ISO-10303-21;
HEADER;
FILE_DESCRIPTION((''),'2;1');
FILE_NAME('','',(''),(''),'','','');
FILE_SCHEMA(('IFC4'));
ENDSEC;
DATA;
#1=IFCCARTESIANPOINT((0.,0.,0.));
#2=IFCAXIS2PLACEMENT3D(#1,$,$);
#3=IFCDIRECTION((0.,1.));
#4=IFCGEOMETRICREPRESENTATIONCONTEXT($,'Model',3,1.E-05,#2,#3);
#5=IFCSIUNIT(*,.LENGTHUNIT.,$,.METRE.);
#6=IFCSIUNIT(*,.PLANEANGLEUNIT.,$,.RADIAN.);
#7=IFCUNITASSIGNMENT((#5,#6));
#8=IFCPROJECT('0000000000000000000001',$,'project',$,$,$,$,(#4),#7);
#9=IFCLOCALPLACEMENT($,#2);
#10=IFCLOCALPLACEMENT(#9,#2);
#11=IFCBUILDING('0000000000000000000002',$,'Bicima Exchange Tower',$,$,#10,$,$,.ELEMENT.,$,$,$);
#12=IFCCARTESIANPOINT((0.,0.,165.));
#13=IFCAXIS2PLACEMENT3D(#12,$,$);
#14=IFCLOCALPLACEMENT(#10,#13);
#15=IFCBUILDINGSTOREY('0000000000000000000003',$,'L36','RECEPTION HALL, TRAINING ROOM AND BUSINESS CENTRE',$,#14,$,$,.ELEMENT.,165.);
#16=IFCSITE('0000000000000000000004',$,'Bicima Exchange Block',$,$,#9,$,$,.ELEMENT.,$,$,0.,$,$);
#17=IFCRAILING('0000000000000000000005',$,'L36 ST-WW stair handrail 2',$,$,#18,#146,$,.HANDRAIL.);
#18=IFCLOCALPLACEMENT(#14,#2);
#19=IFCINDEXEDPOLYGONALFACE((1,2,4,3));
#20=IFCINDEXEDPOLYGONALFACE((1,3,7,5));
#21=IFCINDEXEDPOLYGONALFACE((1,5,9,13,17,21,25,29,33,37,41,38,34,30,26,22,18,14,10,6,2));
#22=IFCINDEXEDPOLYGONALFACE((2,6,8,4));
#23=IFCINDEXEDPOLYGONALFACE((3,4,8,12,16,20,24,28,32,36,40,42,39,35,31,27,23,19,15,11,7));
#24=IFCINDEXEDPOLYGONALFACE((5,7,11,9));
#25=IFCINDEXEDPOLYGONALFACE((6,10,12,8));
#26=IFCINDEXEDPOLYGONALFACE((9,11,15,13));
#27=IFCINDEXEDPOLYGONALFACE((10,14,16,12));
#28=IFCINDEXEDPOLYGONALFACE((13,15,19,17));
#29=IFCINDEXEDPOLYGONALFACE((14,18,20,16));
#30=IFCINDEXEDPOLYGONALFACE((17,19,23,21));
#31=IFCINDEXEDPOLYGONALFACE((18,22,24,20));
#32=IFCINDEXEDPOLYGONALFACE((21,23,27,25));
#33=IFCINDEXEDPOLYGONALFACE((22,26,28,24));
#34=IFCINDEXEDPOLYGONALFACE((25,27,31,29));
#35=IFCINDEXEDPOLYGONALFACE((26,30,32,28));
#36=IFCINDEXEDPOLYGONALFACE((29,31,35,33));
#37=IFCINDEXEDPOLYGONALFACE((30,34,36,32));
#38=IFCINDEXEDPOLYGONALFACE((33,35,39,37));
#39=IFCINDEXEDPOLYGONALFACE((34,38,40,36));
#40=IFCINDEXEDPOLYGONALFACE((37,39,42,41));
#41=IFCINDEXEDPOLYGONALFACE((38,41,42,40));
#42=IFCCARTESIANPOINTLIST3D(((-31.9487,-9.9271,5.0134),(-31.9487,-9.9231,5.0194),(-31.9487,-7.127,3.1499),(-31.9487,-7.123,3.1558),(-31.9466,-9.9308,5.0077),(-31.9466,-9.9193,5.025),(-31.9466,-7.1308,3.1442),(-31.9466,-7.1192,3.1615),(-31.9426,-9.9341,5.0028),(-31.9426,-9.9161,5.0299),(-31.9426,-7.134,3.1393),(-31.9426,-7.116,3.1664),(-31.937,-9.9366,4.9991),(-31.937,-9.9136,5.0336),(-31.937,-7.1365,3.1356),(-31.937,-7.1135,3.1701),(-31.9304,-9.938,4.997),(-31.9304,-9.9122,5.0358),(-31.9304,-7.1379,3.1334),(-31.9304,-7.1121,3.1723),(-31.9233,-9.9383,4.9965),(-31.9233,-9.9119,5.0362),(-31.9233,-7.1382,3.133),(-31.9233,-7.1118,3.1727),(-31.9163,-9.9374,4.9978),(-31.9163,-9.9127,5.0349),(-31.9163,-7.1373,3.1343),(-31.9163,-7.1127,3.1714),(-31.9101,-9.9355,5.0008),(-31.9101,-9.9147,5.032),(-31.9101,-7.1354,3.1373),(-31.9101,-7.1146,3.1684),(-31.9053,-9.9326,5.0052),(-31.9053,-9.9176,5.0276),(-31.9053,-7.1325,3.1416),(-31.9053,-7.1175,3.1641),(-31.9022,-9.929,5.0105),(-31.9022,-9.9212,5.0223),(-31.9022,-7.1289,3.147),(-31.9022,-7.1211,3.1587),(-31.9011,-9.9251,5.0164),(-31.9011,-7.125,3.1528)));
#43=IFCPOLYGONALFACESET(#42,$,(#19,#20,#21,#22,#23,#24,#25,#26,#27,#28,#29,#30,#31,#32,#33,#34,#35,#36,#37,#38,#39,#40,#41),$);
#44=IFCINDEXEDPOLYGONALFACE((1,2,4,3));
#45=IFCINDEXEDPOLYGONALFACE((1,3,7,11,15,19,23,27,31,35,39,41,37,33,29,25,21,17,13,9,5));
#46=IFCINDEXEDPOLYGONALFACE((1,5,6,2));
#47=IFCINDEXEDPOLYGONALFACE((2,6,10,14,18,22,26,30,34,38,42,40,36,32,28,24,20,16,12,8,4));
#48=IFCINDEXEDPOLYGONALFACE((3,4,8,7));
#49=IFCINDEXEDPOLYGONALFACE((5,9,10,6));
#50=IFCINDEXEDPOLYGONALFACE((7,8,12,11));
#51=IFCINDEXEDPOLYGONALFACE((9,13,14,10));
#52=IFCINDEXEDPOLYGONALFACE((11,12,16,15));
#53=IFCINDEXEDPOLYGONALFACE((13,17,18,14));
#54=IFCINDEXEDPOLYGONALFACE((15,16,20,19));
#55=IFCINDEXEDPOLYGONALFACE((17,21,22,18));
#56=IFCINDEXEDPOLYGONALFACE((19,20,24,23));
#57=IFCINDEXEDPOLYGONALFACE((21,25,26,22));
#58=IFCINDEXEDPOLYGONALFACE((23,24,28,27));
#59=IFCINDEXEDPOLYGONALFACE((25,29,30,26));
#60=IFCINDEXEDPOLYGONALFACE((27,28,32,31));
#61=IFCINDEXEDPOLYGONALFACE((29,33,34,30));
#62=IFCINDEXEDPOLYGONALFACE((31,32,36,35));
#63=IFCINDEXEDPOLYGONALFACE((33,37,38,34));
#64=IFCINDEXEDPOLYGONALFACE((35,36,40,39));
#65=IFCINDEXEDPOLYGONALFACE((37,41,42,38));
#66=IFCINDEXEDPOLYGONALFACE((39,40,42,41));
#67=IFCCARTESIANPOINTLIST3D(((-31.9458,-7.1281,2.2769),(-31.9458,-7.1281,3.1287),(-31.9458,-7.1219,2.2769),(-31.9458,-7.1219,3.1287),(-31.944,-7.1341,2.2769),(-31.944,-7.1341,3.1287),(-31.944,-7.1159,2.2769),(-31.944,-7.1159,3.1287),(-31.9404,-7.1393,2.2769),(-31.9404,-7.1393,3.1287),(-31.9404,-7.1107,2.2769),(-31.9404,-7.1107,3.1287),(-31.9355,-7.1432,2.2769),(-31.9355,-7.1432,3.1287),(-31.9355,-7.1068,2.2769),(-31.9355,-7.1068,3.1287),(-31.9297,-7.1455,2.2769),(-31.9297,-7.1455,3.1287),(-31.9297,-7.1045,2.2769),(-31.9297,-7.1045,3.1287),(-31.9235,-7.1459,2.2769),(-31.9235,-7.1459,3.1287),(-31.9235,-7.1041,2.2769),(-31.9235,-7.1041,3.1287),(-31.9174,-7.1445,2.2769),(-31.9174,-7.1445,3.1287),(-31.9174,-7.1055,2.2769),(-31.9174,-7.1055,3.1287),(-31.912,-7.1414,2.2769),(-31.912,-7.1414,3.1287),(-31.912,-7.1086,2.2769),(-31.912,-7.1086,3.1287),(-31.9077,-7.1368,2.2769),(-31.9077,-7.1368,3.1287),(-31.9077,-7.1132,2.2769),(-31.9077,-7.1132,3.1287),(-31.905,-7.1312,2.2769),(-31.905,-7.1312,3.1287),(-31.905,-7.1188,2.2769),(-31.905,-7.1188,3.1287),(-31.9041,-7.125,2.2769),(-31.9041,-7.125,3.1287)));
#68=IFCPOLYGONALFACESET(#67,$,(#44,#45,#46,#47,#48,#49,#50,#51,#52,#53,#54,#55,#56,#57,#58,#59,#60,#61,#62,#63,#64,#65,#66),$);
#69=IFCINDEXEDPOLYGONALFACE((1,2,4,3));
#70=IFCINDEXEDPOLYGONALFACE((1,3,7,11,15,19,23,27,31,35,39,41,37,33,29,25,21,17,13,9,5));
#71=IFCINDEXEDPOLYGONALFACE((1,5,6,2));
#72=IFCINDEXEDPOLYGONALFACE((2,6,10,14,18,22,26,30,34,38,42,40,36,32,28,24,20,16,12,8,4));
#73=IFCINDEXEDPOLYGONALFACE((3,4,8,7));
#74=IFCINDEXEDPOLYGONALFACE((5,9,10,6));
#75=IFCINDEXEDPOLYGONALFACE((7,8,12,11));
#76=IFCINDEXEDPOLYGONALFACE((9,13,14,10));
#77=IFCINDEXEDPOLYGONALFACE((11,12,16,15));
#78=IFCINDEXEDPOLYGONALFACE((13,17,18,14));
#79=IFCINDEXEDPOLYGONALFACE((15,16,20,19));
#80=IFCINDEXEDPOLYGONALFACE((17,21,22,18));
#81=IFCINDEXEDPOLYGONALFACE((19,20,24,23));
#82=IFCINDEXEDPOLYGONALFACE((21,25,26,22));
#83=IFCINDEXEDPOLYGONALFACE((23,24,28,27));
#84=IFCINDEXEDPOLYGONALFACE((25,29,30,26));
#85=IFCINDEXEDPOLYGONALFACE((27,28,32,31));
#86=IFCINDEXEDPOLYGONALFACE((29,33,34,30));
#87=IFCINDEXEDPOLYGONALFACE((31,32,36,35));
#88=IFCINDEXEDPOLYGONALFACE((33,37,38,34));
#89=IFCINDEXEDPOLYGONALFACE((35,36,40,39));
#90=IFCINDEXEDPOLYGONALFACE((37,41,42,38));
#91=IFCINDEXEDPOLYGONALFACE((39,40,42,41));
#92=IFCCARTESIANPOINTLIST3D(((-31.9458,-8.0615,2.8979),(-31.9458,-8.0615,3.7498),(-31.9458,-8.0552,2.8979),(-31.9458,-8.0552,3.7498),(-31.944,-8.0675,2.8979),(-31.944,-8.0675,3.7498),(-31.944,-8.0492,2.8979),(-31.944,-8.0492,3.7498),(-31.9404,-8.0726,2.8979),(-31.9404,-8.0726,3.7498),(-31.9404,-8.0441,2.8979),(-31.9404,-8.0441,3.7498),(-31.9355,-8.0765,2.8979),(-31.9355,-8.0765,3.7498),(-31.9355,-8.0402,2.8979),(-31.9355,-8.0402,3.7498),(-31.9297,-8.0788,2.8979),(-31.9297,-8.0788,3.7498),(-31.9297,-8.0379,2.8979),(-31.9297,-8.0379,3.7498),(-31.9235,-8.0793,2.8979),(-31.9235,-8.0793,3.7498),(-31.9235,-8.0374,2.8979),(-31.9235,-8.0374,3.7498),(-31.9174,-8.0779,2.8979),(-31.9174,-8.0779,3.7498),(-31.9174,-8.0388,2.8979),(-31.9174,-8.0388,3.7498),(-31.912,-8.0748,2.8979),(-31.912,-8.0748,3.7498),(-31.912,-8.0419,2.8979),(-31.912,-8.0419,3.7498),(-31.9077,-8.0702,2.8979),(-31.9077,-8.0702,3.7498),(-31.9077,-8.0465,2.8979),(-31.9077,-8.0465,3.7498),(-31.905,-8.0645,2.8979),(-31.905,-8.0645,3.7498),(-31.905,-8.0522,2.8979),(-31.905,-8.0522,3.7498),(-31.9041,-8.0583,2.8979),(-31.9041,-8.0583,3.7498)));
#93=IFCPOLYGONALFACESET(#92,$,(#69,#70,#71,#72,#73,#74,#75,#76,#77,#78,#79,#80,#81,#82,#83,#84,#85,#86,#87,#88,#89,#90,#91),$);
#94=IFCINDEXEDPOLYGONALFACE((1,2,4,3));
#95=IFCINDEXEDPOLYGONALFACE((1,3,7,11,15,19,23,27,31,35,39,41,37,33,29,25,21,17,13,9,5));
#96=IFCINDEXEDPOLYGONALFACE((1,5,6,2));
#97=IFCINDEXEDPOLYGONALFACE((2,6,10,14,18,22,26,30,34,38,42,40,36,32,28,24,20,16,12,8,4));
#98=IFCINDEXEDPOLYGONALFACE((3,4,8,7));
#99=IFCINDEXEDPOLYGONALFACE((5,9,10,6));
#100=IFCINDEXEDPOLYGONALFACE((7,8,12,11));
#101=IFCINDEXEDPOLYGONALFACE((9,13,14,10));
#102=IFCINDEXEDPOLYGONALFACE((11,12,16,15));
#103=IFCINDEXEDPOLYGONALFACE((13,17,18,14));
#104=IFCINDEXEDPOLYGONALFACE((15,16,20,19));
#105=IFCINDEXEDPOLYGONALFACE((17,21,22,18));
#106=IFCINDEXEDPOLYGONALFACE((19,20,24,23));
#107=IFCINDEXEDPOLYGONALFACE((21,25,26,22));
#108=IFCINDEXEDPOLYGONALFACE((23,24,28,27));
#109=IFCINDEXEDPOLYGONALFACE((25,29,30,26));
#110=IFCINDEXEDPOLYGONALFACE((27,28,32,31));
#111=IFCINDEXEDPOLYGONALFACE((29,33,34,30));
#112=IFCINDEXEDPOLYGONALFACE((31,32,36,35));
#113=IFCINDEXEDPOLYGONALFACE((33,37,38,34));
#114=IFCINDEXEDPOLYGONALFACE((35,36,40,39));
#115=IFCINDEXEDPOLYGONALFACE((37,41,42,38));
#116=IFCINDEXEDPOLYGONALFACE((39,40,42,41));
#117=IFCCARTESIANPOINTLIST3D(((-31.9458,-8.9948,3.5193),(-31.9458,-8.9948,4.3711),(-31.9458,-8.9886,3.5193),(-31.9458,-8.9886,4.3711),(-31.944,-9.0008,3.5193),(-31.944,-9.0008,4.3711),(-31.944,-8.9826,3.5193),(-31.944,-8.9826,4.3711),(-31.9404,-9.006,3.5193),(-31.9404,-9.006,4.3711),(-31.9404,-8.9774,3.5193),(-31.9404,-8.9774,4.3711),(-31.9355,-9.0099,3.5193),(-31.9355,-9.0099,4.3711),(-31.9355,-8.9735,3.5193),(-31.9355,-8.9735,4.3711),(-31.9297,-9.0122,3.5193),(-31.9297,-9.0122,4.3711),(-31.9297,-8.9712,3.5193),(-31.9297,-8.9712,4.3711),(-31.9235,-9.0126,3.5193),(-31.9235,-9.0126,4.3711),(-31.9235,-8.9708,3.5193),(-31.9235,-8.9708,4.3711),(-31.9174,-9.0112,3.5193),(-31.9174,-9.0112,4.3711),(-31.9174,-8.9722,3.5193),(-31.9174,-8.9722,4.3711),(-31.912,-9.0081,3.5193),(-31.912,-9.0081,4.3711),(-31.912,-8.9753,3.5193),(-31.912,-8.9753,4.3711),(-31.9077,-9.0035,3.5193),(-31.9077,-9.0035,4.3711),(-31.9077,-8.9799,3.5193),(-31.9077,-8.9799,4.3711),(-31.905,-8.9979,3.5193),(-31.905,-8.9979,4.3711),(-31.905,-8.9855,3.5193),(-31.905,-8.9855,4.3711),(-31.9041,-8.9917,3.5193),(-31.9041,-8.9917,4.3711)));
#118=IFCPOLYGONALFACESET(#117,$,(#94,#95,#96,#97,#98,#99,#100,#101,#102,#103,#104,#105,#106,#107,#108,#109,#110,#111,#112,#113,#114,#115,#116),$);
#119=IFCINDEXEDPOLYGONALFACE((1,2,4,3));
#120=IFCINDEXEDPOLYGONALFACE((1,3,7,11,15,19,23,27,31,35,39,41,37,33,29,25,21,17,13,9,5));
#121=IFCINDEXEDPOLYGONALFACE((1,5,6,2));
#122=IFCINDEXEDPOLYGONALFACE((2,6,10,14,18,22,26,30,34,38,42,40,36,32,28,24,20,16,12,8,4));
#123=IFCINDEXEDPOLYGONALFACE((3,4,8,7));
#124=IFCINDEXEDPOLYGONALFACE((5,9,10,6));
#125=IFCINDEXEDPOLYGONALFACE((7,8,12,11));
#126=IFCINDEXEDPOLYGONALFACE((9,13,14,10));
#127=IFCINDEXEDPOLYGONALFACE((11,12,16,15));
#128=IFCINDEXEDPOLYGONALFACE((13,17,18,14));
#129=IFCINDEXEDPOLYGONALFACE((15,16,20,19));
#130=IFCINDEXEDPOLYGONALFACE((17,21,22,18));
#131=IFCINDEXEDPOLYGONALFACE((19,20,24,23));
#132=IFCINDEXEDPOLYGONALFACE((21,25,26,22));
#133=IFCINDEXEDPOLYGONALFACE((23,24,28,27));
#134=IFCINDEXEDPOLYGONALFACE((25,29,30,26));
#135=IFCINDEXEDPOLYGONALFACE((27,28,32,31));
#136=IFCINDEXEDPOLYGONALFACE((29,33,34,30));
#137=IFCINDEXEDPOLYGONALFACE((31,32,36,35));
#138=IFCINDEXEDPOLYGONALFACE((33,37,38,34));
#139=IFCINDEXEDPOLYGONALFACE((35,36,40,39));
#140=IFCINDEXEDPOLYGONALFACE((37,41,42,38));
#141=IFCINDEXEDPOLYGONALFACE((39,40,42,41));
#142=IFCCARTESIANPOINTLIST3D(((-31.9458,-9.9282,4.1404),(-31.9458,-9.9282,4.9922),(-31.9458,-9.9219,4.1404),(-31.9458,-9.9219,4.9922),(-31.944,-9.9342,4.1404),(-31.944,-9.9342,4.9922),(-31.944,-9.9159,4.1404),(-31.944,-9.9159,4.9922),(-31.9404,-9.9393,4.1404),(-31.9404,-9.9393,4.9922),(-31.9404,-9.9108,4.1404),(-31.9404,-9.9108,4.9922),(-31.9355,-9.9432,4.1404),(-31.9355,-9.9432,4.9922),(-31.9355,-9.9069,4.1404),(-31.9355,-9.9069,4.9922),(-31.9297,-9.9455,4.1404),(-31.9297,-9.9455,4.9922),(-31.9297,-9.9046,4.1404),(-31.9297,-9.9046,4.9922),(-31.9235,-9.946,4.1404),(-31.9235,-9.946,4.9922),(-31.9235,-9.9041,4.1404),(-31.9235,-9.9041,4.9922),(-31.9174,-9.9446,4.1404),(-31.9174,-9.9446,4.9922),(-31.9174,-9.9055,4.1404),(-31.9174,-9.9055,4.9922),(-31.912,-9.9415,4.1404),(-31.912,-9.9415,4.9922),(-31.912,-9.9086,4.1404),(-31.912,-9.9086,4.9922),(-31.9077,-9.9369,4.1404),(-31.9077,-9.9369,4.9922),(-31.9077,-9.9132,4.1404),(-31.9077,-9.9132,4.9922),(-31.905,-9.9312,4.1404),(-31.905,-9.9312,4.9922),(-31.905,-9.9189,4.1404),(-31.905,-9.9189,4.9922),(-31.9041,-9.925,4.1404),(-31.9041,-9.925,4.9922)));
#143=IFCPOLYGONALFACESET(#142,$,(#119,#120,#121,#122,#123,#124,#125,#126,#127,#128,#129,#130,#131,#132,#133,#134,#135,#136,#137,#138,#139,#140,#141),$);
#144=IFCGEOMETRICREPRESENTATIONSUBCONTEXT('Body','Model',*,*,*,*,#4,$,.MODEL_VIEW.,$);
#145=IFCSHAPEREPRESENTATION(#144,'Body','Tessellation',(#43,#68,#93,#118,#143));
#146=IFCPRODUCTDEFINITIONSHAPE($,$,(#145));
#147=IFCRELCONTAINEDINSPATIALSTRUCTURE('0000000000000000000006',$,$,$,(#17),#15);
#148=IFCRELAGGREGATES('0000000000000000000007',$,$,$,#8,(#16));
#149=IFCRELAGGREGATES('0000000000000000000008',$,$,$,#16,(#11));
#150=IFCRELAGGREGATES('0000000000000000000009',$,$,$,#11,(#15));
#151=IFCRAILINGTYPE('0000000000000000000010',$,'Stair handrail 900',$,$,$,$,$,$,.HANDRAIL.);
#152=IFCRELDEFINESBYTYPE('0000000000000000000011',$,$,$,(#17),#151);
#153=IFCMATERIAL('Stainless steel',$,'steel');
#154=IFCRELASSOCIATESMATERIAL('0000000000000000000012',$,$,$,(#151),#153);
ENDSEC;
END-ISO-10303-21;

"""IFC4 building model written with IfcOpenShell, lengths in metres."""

from ifc_helpers import new_model, si_unit, direction, frame, origin, origin_2d, place, context, subcontext, project, spatial, circle, extrude, material, type_object, element, save


model = new_model("IFC4")

# Units and contexts
model_context = context("Model", 3, precision=1e-05, world=origin(), true_north=direction((0.0, 1.0)))
body_context = subcontext(model_context, "Body", "Model", "MODEL_VIEW")
ifc_project = project(units=[si_unit("LENGTHUNIT", "METRE"), si_unit("PLANEANGLEUNIT", "RADIAN")], contexts=[model_context])

# Site, building, storey
site_placement = place(None, origin())
site = spatial("IfcSite", under=ifc_project, at=site_placement, Name="Bicima Exchange Block", CompositionType="ELEMENT", RefElevation=0.0)
building_placement = place(site_placement, origin())
building = spatial("IfcBuilding", under=site, at=building_placement, Name="Bicima Exchange Tower", CompositionType="ELEMENT")
storey_placement = place(building_placement, frame((0.0, 0.0, 165.0)))
storey = spatial("IfcBuildingStorey", under=building, at=storey_placement, Name="L36", Description="RECEPTION HALL, TRAINING ROOM AND BUSINESS CENTRE", CompositionType="ELEMENT", Elevation=165.0)

# Railing
ifc_material_1 = material(Name="Stainless steel", Category="steel")
railing_type_1 = type_object("IfcRailingType", Name="Stair handrail 900", PredefinedType="HANDRAIL", material=ifc_material_1)
railing_1_placement = place(storey_placement, frame((-31.925, -7.125, 2.2769)))
element("IfcRailing", 1, at=railing_1_placement, inside=storey, type_object=railing_type_1, Name="L36 ST-WW stair handrail 2", PredefinedType="HANDRAIL", context=body_context, shape_type="SweptSolid", body=[
    extrude(circle(Radius=0.0239, at=origin_2d()), frame((0.0, 0.0, 0.876), z_axis=(0.0, -0.832486, 0.554047), x_axis=(1.0, 0.0, 0.0)), (0.0, 0.0, 1.0), 3.3635),
    extrude(circle(Radius=0.021, at=origin_2d()), origin(), (0.0, 0.0, 1.0), 0.8518),
    extrude(circle(Radius=0.021, at=origin_2d()), frame((0.0, -0.9333, 0.6211)), (0.0, 0.0, 1.0), 0.8518),
    extrude(circle(Radius=0.021, at=origin_2d()), frame((0.0, -1.8667, 1.2424)), (0.0, 0.0, 1.0), 0.8518),
    extrude(circle(Radius=0.021, at=origin_2d()), frame((0.0, -2.8, 1.8635)), (0.0, 0.0, 1.0), 0.8518),
])

save(model, "model.ifc")
